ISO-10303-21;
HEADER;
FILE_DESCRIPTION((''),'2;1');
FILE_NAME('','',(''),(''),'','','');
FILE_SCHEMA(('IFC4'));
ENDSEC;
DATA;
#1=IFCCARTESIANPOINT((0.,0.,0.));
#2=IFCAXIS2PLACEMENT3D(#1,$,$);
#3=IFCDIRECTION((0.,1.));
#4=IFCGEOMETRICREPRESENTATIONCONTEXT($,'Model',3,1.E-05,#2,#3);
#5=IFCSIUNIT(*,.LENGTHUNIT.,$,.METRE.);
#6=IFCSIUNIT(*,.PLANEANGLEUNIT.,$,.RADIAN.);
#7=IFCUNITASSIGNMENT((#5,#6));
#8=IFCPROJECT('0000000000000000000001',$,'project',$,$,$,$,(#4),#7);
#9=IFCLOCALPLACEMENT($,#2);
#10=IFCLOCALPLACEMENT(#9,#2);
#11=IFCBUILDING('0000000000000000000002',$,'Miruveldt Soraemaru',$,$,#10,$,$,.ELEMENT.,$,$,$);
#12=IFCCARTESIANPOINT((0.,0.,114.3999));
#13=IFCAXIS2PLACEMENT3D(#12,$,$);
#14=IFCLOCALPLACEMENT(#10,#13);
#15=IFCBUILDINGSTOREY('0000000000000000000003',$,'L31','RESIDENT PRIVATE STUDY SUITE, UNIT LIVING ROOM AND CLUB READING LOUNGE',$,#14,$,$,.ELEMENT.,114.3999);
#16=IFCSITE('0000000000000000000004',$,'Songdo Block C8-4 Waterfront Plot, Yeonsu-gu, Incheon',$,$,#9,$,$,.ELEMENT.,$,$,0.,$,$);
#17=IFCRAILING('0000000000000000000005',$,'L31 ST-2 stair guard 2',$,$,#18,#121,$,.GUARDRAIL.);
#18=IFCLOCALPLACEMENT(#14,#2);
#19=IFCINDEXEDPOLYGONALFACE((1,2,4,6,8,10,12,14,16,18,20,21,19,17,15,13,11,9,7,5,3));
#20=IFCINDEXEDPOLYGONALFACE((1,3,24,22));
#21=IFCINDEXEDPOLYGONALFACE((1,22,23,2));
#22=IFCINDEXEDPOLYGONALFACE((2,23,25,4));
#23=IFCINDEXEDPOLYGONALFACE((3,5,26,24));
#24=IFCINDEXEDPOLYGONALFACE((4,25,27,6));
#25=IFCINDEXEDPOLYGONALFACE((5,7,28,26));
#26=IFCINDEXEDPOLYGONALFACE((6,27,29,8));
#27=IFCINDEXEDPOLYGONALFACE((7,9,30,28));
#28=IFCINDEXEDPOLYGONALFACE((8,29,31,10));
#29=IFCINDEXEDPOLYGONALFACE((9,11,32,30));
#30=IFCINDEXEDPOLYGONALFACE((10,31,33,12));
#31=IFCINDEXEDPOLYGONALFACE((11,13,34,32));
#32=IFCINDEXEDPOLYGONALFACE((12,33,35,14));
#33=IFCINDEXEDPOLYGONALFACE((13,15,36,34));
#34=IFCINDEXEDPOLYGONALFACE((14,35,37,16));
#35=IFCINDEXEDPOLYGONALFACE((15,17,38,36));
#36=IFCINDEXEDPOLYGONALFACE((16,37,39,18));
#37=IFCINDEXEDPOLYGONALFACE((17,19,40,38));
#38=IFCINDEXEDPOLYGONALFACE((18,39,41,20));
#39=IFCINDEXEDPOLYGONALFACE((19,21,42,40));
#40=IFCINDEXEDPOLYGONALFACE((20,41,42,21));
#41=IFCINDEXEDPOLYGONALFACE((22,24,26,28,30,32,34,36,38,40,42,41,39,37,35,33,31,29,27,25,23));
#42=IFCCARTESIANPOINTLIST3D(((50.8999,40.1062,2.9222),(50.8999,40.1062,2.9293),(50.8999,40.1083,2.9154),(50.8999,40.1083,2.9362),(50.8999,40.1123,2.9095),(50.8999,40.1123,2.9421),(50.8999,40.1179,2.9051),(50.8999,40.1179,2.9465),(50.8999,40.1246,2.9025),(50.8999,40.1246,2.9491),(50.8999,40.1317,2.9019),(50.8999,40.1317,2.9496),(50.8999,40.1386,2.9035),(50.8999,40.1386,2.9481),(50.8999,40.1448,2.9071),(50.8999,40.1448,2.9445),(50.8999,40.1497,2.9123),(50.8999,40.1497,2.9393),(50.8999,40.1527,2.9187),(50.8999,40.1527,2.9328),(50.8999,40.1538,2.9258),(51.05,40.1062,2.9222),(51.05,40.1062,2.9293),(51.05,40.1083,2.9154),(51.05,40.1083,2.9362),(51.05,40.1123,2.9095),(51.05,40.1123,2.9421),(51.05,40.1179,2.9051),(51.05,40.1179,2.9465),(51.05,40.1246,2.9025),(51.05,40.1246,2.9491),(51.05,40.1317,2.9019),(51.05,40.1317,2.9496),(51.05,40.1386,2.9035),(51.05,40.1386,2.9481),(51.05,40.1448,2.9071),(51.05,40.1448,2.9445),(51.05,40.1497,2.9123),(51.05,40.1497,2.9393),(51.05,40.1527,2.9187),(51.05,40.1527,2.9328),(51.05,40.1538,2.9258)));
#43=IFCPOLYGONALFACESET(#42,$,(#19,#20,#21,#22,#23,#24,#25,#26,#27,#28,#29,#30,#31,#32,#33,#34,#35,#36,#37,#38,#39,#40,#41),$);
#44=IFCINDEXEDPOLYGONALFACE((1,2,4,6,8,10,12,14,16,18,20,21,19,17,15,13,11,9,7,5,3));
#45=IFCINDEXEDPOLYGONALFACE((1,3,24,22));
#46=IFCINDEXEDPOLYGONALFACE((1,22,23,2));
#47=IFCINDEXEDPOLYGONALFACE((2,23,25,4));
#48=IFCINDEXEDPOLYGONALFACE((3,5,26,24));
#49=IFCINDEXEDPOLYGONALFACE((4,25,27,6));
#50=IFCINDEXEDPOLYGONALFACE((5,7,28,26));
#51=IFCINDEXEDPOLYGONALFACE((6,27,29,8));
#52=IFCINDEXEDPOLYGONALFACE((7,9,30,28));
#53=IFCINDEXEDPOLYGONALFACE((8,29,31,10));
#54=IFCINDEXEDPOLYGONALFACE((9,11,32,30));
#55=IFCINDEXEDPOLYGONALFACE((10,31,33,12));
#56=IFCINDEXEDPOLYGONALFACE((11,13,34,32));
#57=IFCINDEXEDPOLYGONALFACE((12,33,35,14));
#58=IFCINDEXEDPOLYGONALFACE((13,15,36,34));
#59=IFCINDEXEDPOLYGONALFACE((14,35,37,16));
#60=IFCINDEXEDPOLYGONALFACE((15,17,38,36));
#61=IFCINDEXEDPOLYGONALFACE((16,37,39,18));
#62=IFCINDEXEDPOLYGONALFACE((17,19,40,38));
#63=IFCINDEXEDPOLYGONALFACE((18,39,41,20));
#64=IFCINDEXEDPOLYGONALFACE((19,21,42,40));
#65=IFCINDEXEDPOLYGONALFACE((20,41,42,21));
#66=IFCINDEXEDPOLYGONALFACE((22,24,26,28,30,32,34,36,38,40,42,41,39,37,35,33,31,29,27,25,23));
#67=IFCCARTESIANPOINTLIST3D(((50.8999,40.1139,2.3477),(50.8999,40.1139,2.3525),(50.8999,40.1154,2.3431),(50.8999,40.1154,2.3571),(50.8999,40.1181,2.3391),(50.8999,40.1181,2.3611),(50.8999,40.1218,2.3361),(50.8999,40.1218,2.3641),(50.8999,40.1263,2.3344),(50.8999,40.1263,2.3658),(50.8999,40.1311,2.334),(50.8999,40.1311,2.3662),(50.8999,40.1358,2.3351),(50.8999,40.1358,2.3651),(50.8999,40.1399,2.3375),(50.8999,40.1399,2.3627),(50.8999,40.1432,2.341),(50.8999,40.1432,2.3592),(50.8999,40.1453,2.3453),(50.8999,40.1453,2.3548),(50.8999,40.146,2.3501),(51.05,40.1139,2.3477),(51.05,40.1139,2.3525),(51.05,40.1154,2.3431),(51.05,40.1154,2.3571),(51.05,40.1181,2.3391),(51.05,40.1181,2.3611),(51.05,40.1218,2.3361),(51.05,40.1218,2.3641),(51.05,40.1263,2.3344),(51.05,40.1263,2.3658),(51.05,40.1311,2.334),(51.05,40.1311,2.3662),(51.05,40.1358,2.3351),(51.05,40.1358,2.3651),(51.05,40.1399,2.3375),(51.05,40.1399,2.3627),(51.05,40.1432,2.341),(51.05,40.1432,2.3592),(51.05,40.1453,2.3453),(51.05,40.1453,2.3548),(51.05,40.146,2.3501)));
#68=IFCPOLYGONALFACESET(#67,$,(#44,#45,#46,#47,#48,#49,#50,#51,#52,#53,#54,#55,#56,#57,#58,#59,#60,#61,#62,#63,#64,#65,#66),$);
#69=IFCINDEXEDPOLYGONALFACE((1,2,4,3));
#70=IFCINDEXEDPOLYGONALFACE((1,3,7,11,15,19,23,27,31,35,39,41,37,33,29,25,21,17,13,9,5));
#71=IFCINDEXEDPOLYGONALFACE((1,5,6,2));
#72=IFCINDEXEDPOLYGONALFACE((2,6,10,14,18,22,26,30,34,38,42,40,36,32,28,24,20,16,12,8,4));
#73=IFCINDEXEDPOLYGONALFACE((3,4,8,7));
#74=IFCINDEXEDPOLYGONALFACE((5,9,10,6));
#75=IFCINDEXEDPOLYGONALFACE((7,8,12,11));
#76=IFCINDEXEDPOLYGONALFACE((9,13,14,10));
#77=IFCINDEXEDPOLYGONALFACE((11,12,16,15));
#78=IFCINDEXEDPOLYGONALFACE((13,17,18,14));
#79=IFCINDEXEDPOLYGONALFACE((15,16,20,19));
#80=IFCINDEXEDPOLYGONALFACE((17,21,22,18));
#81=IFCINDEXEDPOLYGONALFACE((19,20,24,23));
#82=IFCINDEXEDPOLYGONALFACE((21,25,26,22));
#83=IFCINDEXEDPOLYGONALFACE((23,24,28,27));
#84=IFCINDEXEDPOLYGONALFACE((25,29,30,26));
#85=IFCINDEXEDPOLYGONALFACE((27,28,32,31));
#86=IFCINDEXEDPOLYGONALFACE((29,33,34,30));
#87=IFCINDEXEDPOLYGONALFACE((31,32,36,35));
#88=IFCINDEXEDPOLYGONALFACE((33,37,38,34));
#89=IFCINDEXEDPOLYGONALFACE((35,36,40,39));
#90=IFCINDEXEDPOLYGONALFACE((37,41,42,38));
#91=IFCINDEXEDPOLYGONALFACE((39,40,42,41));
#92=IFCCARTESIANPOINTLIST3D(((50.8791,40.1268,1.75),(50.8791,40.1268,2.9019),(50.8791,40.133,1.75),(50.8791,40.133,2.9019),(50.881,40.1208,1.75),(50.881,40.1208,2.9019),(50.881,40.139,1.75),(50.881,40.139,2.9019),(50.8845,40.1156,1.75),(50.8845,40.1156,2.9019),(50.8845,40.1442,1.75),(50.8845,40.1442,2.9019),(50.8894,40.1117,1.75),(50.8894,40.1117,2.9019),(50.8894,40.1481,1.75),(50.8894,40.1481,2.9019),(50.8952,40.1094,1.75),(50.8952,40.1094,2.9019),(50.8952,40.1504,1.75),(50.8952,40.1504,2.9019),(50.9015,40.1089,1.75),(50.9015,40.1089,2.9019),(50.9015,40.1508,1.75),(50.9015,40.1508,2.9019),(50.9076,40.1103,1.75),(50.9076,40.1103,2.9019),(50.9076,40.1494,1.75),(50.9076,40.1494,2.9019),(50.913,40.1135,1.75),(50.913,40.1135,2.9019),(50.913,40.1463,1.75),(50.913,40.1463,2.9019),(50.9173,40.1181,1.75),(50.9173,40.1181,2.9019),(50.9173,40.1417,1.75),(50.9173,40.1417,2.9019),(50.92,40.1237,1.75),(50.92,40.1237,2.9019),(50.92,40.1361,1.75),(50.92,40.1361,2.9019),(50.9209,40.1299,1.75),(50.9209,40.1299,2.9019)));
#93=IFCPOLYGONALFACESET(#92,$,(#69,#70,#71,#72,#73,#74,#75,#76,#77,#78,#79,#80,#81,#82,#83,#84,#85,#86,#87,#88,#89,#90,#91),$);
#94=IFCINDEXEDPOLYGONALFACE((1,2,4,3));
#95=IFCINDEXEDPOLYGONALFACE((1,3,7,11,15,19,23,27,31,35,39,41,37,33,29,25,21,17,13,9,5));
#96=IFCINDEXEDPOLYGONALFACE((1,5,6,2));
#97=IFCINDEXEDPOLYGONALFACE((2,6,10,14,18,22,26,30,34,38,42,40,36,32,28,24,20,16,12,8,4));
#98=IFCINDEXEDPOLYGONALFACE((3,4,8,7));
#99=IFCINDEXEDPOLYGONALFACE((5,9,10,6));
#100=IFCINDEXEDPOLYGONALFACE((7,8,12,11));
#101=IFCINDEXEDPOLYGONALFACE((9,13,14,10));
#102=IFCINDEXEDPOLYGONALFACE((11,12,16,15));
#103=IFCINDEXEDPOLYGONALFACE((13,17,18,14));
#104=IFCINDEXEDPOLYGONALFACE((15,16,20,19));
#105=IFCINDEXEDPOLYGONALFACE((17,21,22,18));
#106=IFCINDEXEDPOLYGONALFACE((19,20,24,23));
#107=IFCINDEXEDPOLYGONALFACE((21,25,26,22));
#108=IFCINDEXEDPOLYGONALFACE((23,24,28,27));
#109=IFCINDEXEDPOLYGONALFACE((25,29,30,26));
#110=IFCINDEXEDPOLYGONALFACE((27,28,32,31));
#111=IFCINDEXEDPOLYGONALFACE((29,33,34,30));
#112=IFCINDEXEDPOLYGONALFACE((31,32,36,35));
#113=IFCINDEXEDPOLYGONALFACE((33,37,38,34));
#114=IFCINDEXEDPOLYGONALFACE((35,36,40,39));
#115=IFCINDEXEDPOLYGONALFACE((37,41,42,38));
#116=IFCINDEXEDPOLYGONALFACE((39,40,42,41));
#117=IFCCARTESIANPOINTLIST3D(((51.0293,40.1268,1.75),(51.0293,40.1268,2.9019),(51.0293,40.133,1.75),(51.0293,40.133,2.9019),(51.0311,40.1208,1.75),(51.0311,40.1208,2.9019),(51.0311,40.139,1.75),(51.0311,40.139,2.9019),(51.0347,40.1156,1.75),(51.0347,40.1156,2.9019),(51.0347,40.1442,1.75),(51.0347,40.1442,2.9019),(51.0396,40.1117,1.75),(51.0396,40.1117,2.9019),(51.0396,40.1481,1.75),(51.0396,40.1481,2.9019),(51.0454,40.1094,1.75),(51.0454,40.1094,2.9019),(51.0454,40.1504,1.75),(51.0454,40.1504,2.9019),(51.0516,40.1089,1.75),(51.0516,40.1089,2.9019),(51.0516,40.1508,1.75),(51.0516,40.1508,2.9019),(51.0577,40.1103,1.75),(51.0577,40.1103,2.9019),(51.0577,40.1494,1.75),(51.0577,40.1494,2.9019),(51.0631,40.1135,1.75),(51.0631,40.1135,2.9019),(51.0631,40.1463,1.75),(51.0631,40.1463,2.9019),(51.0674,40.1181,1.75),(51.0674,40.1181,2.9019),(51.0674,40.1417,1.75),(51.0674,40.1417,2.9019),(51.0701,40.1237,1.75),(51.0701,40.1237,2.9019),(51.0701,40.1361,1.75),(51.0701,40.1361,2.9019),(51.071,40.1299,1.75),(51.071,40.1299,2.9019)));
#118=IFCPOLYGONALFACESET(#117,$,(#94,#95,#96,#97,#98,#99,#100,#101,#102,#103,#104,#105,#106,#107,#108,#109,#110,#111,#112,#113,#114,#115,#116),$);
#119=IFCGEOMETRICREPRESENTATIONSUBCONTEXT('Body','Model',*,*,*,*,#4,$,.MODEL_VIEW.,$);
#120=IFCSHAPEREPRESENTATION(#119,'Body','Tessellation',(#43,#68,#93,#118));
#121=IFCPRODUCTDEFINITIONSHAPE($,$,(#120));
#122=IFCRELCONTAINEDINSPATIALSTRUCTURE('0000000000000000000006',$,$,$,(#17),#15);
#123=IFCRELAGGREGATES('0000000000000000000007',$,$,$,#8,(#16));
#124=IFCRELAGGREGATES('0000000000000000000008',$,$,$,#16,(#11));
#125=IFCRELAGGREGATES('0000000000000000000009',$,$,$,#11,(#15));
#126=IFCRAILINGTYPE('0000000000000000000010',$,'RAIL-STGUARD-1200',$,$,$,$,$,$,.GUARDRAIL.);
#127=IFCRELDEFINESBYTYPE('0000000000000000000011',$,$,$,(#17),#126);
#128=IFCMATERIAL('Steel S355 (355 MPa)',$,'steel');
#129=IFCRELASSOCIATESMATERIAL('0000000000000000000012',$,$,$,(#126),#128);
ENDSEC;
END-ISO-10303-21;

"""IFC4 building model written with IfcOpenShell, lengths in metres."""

from ifc_helpers import new_model, si_unit, direction, frame, origin, origin_2d, place, context, subcontext, project, spatial, circle, extrude, material, type_object, element, save


model = new_model("IFC4")

# Units and contexts
model_context = context("Model", 3, precision=1e-05, world=origin(), true_north=direction((0.0, 1.0)))
body_context = subcontext(model_context, "Body", "Model", "MODEL_VIEW")
ifc_project = project(units=[si_unit("LENGTHUNIT", "METRE"), si_unit("PLANEANGLEUNIT", "RADIAN")], contexts=[model_context])

# Site, building, storey
site_placement = place(None, origin())
site = spatial("IfcSite", under=ifc_project, at=site_placement, Name="Songdo Block C8-4 Waterfront Plot, Yeonsu-gu, Incheon", CompositionType="ELEMENT", RefElevation=0.0)
building_placement = place(site_placement, origin())
building = spatial("IfcBuilding", under=site, at=building_placement, Name="Miruveldt Soraemaru", CompositionType="ELEMENT")
storey_placement = place(building_placement, frame((0.0, 0.0, 114.3999)))
storey = spatial("IfcBuildingStorey", under=building, at=storey_placement, Name="L31", Description="RESIDENT PRIVATE STUDY SUITE, UNIT LIVING ROOM AND CLUB READING LOUNGE", CompositionType="ELEMENT", Elevation=114.3999)

# Railing
ifc_material_1 = material(Name="Steel S355 (355 MPa)", Category="steel")
railing_type_1 = type_object("IfcRailingType", Name="RAIL-STGUARD-1200", PredefinedType="GUARDRAIL", material=ifc_material_1)
railing_1_placement = place(storey_placement, frame((50.8999, 40.1299, 1.75)))
element("IfcRailing", 1, at=railing_1_placement, inside=storey, type_object=railing_type_1, Name="L31 ST-2 stair guard 2", PredefinedType="GUARDRAIL", context=body_context, shape_type="SweptSolid", body=[
    extrude(circle(Radius=0.0239, at=origin_2d()), frame((0.0, 0.0, 1.1758), z_axis=(1.0, 0.0, 0.0), x_axis=(0.0, 1.0, 0.0)), (0.0, 0.0, 1.0), 0.1501),
    extrude(circle(Radius=0.0161, at=origin_2d()), frame((0.0, 0.0, 0.6001), z_axis=(1.0, 0.0, 0.0), x_axis=(0.0, 1.0, 0.0)), (0.0, 0.0, 1.0), 0.1501),
    extrude(circle(Radius=0.021, at=origin_2d()), origin(), (0.0, 0.0, 1.0), 1.1519),
    extrude(circle(Radius=0.021, at=origin_2d()), frame((0.1501, 0.0, 0.0)), (0.0, 0.0, 1.0), 1.1519),
])

save(model, "model.ifc")
